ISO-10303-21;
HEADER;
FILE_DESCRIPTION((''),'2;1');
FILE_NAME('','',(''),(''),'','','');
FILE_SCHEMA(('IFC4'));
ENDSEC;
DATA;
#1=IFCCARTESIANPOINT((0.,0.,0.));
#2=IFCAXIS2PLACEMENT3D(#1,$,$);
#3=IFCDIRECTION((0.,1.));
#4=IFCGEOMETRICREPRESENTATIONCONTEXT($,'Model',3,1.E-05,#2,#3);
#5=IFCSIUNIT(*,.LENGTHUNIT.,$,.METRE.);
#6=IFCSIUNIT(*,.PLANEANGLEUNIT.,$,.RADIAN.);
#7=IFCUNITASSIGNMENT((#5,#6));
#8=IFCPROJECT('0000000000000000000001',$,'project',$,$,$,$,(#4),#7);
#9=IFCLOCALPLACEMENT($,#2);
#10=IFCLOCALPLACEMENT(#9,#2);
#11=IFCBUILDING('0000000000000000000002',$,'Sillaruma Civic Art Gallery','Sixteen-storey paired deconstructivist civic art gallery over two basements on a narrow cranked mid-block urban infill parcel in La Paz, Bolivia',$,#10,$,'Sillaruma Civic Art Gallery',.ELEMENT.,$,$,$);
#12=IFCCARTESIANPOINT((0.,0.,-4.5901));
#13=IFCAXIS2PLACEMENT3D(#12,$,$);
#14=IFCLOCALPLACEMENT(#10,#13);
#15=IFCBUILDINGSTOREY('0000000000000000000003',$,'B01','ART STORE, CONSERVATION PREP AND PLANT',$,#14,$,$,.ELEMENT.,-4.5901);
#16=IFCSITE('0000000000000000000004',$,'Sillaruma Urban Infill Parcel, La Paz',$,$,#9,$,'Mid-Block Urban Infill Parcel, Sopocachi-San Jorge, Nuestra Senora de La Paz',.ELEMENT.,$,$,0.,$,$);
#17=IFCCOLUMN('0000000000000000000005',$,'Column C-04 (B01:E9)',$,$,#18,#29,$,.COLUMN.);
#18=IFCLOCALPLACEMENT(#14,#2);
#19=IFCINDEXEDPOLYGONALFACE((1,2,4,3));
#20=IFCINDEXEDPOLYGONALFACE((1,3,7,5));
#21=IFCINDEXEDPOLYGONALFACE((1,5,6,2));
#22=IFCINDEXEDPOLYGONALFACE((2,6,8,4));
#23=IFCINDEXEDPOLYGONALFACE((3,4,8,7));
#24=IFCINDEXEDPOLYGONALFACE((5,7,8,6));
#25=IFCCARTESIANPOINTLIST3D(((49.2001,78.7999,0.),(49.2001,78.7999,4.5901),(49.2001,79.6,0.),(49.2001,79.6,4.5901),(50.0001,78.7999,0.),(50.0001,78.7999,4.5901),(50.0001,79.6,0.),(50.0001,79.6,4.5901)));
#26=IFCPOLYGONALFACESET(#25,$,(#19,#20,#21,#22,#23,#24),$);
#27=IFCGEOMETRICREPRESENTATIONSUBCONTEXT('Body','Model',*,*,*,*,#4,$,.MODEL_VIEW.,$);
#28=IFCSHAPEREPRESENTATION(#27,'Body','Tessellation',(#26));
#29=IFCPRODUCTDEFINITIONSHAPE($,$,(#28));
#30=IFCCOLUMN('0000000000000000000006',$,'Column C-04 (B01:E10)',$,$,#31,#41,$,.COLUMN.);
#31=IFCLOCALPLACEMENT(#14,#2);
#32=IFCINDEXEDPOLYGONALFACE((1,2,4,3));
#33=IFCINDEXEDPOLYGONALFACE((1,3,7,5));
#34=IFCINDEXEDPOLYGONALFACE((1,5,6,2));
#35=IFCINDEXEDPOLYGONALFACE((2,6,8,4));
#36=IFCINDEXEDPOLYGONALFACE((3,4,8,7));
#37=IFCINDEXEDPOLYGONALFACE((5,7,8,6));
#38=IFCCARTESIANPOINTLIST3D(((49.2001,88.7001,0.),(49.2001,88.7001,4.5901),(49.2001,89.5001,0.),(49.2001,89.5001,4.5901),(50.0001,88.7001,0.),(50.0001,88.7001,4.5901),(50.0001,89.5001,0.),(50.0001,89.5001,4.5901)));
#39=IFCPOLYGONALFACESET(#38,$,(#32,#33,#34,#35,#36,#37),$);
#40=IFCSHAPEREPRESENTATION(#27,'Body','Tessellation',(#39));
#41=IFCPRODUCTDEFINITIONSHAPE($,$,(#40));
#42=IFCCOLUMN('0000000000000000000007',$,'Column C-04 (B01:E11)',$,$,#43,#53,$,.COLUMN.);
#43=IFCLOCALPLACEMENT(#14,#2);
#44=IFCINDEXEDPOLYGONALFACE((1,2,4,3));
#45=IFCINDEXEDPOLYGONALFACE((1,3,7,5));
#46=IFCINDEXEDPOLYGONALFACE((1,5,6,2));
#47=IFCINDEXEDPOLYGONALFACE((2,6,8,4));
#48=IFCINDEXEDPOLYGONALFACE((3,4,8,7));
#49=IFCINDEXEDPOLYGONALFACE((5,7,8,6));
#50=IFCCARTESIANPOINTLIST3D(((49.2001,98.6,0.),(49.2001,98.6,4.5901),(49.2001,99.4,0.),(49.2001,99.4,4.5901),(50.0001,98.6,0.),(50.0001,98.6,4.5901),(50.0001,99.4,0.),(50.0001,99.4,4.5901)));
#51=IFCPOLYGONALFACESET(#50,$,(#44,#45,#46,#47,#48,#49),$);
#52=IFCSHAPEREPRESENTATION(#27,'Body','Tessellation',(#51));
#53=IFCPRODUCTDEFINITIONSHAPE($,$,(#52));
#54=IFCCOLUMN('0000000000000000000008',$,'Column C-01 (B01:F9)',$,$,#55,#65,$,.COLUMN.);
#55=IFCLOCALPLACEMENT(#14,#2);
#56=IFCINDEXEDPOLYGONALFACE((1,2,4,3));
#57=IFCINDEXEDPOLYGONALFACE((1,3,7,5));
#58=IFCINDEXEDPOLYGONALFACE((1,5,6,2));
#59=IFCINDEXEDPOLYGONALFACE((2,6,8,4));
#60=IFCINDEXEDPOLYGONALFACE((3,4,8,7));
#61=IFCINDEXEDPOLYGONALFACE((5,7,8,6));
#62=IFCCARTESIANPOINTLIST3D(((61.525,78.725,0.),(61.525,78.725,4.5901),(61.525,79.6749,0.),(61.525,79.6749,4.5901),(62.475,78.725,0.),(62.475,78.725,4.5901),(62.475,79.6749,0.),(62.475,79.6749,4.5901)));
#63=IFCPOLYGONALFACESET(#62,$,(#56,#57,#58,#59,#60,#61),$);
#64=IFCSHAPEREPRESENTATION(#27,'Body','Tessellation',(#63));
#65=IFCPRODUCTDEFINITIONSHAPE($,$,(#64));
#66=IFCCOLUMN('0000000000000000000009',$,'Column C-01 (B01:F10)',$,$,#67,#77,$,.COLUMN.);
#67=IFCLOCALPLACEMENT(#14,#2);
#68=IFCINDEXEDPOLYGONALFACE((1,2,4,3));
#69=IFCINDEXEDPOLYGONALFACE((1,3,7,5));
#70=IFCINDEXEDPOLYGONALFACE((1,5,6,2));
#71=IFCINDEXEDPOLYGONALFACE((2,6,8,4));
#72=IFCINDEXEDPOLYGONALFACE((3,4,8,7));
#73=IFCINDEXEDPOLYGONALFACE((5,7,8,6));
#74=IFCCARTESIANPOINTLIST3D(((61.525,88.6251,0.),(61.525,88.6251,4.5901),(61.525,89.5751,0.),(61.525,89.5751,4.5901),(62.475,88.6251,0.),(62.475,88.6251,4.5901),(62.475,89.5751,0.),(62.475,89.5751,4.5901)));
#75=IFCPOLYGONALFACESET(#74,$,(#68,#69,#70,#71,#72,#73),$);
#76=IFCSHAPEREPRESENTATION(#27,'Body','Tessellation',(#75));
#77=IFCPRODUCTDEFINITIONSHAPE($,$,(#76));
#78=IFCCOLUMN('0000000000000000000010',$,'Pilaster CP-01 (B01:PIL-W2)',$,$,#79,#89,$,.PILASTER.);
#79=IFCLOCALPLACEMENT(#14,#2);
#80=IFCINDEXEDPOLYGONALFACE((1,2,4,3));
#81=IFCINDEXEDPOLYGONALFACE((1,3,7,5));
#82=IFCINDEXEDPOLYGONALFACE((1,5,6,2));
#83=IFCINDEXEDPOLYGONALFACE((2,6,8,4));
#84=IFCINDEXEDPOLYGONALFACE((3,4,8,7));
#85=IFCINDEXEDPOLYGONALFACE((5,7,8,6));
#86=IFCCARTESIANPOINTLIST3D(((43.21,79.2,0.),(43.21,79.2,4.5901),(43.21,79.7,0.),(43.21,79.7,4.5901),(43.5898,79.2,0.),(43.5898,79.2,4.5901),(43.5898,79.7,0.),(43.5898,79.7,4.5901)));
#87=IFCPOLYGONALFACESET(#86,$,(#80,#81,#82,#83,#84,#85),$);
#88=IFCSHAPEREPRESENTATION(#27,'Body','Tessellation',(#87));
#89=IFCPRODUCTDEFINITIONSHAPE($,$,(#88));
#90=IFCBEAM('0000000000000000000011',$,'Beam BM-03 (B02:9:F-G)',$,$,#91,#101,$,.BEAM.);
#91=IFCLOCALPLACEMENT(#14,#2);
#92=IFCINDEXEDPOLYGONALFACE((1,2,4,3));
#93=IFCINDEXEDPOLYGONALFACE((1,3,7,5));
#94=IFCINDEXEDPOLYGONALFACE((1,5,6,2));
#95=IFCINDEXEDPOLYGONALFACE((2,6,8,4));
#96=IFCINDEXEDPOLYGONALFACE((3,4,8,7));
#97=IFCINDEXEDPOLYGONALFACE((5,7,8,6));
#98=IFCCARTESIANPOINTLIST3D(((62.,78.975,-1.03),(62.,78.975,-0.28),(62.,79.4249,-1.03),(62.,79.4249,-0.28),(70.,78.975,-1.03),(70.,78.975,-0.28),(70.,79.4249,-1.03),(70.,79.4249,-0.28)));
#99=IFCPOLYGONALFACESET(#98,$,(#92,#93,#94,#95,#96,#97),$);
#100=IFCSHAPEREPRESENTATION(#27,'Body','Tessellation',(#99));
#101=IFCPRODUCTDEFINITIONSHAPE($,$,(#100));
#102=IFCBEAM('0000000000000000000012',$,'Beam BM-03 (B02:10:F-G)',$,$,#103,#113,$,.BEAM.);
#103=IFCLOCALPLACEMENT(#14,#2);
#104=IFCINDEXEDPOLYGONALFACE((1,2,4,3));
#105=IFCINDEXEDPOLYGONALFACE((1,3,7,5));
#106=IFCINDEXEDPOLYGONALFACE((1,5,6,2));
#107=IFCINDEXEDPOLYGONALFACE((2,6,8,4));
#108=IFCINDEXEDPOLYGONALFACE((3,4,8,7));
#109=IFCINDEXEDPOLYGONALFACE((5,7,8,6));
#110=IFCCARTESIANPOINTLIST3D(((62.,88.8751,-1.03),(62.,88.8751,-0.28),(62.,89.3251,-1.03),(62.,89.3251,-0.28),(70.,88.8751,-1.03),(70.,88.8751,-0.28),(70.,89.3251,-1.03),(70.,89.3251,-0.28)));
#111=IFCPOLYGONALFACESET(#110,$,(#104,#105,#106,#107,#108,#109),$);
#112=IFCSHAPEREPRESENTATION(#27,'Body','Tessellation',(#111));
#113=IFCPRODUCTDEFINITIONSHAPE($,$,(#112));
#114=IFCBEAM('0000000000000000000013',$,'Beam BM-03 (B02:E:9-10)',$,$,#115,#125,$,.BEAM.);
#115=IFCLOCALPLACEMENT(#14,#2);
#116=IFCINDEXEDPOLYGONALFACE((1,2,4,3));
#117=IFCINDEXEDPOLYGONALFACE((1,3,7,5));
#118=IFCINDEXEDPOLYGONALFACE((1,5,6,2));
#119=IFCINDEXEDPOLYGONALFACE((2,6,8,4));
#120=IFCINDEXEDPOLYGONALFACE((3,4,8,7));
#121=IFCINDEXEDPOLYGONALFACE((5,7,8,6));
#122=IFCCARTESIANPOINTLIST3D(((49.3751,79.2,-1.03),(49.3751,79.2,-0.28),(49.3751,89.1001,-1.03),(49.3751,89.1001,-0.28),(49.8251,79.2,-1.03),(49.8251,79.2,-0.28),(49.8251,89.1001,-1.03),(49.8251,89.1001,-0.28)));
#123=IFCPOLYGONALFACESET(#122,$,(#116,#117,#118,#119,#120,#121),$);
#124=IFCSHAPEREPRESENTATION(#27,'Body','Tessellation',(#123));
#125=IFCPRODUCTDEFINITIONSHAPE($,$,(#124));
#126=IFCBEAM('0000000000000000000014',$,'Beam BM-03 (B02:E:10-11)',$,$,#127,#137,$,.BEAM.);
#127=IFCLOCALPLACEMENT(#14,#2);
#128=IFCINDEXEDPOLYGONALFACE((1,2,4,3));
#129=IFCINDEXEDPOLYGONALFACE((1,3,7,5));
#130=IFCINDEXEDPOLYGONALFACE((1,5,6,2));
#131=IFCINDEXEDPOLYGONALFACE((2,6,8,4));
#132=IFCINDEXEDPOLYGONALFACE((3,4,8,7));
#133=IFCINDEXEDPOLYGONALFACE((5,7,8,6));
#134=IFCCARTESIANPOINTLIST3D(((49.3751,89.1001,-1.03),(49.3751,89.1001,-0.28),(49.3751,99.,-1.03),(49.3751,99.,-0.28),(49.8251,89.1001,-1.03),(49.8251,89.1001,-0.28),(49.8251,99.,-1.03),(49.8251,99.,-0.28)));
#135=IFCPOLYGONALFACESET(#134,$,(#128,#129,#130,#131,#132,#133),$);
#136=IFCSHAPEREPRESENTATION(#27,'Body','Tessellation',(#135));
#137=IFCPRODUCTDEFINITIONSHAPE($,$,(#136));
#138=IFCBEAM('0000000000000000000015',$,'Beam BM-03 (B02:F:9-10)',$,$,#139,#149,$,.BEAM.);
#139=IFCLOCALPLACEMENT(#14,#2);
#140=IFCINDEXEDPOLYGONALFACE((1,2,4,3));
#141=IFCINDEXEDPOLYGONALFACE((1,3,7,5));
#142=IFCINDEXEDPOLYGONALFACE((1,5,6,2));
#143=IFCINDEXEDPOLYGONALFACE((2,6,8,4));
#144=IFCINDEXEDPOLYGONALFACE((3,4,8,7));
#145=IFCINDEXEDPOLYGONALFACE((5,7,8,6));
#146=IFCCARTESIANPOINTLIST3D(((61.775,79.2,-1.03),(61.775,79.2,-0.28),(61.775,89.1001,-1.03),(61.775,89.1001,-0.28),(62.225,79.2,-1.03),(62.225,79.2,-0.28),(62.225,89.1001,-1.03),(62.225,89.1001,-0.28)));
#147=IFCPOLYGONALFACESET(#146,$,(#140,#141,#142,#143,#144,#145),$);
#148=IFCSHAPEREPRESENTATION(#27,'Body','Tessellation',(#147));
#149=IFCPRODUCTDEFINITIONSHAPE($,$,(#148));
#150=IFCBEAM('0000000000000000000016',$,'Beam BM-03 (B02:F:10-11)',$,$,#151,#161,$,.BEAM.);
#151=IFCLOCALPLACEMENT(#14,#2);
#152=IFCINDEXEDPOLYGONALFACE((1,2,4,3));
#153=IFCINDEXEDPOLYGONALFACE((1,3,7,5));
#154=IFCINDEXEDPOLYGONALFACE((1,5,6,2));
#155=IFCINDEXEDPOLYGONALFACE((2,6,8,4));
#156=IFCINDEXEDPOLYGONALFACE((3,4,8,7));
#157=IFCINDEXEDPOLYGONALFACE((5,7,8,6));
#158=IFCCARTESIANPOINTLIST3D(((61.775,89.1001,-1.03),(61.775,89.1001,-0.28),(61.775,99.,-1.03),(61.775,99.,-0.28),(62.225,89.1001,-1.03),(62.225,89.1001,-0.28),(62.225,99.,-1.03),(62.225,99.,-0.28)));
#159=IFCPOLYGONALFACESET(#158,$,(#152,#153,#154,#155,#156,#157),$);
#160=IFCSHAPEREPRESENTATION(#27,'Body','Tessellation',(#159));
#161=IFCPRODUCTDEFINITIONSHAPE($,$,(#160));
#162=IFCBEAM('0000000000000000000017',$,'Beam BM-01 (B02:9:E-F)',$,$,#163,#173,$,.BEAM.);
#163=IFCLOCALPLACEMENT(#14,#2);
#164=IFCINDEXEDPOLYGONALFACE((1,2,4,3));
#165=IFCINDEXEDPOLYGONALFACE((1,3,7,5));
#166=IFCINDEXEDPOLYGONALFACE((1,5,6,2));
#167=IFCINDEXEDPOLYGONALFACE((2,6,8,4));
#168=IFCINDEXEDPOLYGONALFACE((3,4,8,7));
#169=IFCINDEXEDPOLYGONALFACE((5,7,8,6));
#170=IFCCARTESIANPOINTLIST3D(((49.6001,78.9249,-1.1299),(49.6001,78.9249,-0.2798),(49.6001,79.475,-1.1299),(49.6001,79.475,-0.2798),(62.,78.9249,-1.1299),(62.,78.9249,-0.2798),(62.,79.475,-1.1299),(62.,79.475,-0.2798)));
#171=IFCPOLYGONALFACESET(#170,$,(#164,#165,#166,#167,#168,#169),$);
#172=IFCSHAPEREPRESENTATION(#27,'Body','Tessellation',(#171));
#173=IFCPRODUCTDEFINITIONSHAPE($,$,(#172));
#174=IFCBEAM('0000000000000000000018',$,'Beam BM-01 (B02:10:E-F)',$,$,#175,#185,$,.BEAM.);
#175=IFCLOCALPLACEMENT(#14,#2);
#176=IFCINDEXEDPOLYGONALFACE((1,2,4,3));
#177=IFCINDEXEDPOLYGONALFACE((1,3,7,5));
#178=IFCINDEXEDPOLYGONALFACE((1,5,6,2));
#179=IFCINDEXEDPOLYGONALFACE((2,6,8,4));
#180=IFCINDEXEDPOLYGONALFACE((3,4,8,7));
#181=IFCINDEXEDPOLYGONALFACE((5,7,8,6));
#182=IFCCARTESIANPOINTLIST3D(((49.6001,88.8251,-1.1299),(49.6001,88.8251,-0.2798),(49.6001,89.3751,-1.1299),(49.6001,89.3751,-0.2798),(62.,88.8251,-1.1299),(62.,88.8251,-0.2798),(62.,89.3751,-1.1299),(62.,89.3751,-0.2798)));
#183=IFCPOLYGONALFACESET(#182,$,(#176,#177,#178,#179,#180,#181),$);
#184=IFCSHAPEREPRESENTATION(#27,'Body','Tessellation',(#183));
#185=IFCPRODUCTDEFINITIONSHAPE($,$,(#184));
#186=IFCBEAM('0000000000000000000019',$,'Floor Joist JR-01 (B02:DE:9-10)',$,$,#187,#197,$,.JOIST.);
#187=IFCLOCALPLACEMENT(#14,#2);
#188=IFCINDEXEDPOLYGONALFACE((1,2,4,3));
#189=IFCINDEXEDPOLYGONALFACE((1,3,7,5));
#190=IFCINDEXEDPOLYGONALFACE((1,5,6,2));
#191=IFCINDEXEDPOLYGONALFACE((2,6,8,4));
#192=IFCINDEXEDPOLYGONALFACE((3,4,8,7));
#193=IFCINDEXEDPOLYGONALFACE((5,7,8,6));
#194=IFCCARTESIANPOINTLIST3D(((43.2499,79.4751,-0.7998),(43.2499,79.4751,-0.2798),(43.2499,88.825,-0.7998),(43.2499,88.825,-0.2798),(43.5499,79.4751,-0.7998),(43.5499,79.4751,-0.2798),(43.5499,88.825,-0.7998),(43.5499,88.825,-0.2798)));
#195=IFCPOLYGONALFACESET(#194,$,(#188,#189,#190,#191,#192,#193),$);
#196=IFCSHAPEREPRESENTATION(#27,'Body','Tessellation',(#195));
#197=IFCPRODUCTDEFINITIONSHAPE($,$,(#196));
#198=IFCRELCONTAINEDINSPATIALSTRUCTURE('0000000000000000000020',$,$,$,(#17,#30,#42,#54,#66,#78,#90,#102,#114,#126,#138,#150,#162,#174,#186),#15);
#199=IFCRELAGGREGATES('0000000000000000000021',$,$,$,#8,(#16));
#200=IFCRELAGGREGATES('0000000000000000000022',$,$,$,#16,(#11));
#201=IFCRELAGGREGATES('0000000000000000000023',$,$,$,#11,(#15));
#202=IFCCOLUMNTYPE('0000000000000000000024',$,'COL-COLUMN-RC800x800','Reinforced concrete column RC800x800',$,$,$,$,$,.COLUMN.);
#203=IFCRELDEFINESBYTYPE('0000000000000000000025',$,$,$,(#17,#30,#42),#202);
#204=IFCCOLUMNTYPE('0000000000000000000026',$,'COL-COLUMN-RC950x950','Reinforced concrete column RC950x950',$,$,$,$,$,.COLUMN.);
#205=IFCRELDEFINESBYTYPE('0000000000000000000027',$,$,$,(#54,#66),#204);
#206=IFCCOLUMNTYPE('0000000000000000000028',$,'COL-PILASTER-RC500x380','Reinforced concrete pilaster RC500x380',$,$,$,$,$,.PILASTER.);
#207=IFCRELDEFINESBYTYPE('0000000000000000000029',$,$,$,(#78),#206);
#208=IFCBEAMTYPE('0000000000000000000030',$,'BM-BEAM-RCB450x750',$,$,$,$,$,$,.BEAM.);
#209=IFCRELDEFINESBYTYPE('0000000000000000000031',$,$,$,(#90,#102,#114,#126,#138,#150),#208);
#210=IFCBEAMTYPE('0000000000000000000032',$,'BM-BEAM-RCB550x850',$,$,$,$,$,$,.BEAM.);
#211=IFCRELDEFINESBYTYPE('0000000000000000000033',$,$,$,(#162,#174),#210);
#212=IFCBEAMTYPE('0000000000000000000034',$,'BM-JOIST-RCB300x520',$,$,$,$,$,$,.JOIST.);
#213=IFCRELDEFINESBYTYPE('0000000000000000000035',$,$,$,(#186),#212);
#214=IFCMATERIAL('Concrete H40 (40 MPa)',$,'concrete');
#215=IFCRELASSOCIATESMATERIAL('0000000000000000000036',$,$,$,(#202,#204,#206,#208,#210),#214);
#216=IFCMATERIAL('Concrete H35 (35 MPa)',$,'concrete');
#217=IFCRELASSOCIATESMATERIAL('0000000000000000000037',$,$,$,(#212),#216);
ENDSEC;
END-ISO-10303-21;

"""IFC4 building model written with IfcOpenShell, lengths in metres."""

from ifc_helpers import new_model, si_unit, direction, frame, origin, origin_2d, place, context, subcontext, project, spatial, rectangle, extrude, material, material_profile, profile_set, type_object, element, save


model = new_model("IFC4")

# Units and contexts
model_context = context("Model", 3, precision=1e-05, world=origin(), true_north=direction((0.0, 1.0)))
body_context = subcontext(model_context, "Body", "Model", "MODEL_VIEW")
ifc_project = project(units=[si_unit("LENGTHUNIT", "METRE"), si_unit("PLANEANGLEUNIT", "RADIAN")], contexts=[model_context])

# Site, building, storey
site_placement = place(None, origin())
site = spatial("IfcSite", under=ifc_project, at=site_placement, Name="Sillaruma Urban Infill Parcel, La Paz", LongName="Mid-Block Urban Infill Parcel, Sopocachi-San Jorge, Nuestra Senora de La Paz", CompositionType="ELEMENT", RefElevation=0.0)
building_placement = place(site_placement, origin())
building = spatial("IfcBuilding", under=site, at=building_placement, Name="Sillaruma Civic Art Gallery", Description="Sixteen-storey paired deconstructivist civic art gallery over two basements on a narrow cranked mid-block urban infill parcel in La Paz, Bolivia", LongName="Sillaruma Civic Art Gallery", CompositionType="ELEMENT")
storey_placement = place(building_placement, frame((0.0, 0.0, -4.5901)))
storey = spatial("IfcBuildingStorey", under=building, at=storey_placement, Name="B01", Description="ART STORE, CONSERVATION PREP AND PLANT", CompositionType="ELEMENT", Elevation=-4.5901)

# Columns
ifc_material_1 = material(Name="Concrete H40 (40 MPa)", Category="concrete")
ifc_material_profile_1 = material_profile(ifc_material_1, rectangle(XDim=0.8, YDim=0.8, at=origin_2d()), Name="RC800x800")
ifc_profile_set_1 = profile_set([ifc_material_profile_1], Name="Concrete H40 (40 MPa)")
column_type_1 = type_object("IfcColumnType", Name="COL-COLUMN-RC800x800", Description="Reinforced concrete column RC800x800", PredefinedType="COLUMN", material=ifc_profile_set_1)
for number, where, z_axis, x_axis, name in (
    (1, (49.6001, 79.2, 0.0), (0.0, 0.0, 1.0), (1.0, 0.0, 0.0), "Column C-04 (B01:E9)"),
    (2, (49.6001, 89.1001, 0.0), (0.0, 0.0, 1.0), (1.0, 0.0, 0.0), "Column C-04 (B01:E10)"),
    (3, (49.6001, 99.0, 0.0), (0.0, 0.0, 1.0), (1.0, 0.0, 0.0), "Column C-04 (B01:E11)"),
):
    element("IfcColumn", number, at=place(storey_placement, frame(where, z_axis=z_axis, x_axis=x_axis)), inside=storey, type_object=column_type_1, Name=name, PredefinedType="COLUMN", context=body_context, shape_type="SweptSolid", body=[
        extrude(rectangle(XDim=0.8, YDim=0.8, at=origin_2d()), origin(), (0.0, 0.0, 1.0), 4.5901),
    ])
ifc_material_profile_2 = material_profile(ifc_material_1, rectangle(XDim=0.95, YDim=0.95, at=origin_2d()), Name="RC950x950")
ifc_profile_set_2 = profile_set([ifc_material_profile_2], Name="Concrete H40 (40 MPa)")
column_type_2 = type_object("IfcColumnType", Name="COL-COLUMN-RC950x950", Description="Reinforced concrete column RC950x950", PredefinedType="COLUMN", material=ifc_profile_set_2)
for number, where, z_axis, x_axis, name in (
    (4, (62.0, 79.2, 0.0), (0.0, 0.0, 1.0), (1.0, 0.0, 0.0), "Column C-01 (B01:F9)"),
    (5, (62.0, 89.1001, 0.0), (0.0, 0.0, 1.0), (1.0, 0.0, 0.0), "Column C-01 (B01:F10)"),
):
    element("IfcColumn", number, at=place(storey_placement, frame(where, z_axis=z_axis, x_axis=x_axis)), inside=storey, type_object=column_type_2, Name=name, PredefinedType="COLUMN", context=body_context, shape_type="SweptSolid", body=[
        extrude(rectangle(XDim=0.95, YDim=0.95, at=origin_2d()), origin(), (0.0, 0.0, 1.0), 4.5901),
    ])
ifc_material_profile_3 = material_profile(ifc_material_1, rectangle(XDim=0.3799, YDim=0.5, at=origin_2d()), Name="RC500x380")
ifc_profile_set_3 = profile_set([ifc_material_profile_3], Name="Concrete H40 (40 MPa)")
column_type_3 = type_object("IfcColumnType", Name="COL-PILASTER-RC500x380", Description="Reinforced concrete pilaster RC500x380", PredefinedType="PILASTER", material=ifc_profile_set_3)
column_placement = place(storey_placement, frame((43.3999, 79.45, 0.0), z_axis=(0.0, 0.0, 1.0), x_axis=(1.0, 0.0, 0.0)))
element("IfcColumn", 6, at=column_placement, inside=storey, type_object=column_type_3, Name="Pilaster CP-01 (B01:PIL-W2)", PredefinedType="PILASTER", context=body_context, shape_type="SweptSolid", body=[
    extrude(rectangle(XDim=0.3799, YDim=0.5, at=origin_2d()), origin(), (0.0, 0.0, 1.0), 4.5901),
])

# Beams
ifc_material_profile_4 = material_profile(ifc_material_1, rectangle(XDim=0.45, YDim=0.75, at=origin_2d()), Name="RCB450x750")
ifc_profile_set_4 = profile_set([ifc_material_profile_4], Name="Concrete H40 (40 MPa)")
beam_type_1 = type_object("IfcBeamType", Name="BM-BEAM-RCB450x750", PredefinedType="BEAM", material=ifc_profile_set_4)
for number, where, z_axis, x_axis, name in (
    (7, (62.0, 79.2, -0.655), (1.0, 0.0, 0.0), (0.0, 1.0, 0.0), "Beam BM-03 (B02:9:F-G)"),
    (8, (62.0, 89.1001, -0.655), (1.0, 0.0, 0.0), (0.0, 1.0, 0.0), "Beam BM-03 (B02:10:F-G)"),
):
    element("IfcBeam", number, at=place(storey_placement, frame(where, z_axis=z_axis, x_axis=x_axis)), inside=storey, type_object=beam_type_1, Name=name, PredefinedType="BEAM", context=body_context, shape_type="SweptSolid", body=[
        extrude(rectangle(XDim=0.45, YDim=0.75, at=origin_2d()), origin(), (0.0, 0.0, 1.0), 8.0),
    ])
beam_1_placement = place(storey_placement, frame((49.6001, 79.2, -0.655), z_axis=(0.0, 1.0, 0.0), x_axis=(-1.0, 0.0, 0.0)))
element("IfcBeam", 9, at=beam_1_placement, inside=storey, type_object=beam_type_1, Name="Beam BM-03 (B02:E:9-10)", PredefinedType="BEAM", context=body_context, shape_type="SweptSolid", body=[
    extrude(rectangle(XDim=0.45, YDim=0.75, at=origin_2d()), origin(), (0.0, 0.0, 1.0), 9.9001),
])
beam_2_placement = place(storey_placement, frame((49.6001, 89.1001, -0.655), z_axis=(0.0, 1.0, 0.0), x_axis=(-1.0, 0.0, 0.0)))
element("IfcBeam", 10, at=beam_2_placement, inside=storey, type_object=beam_type_1, Name="Beam BM-03 (B02:E:10-11)", PredefinedType="BEAM", context=body_context, shape_type="SweptSolid", body=[
    extrude(rectangle(XDim=0.45, YDim=0.75, at=origin_2d()), origin(), (0.0, 0.0, 1.0), 9.8999),
])
beam_3_placement = place(storey_placement, frame((62.0, 79.2, -0.655), z_axis=(0.0, 1.0, 0.0), x_axis=(-1.0, 0.0, 0.0)))
element("IfcBeam", 11, at=beam_3_placement, inside=storey, type_object=beam_type_1, Name="Beam BM-03 (B02:F:9-10)", PredefinedType="BEAM", context=body_context, shape_type="SweptSolid", body=[
    extrude(rectangle(XDim=0.45, YDim=0.75, at=origin_2d()), origin(), (0.0, 0.0, 1.0), 9.9001),
])
beam_4_placement = place(storey_placement, frame((62.0, 89.1001, -0.655), z_axis=(0.0, 1.0, 0.0), x_axis=(-1.0, 0.0, 0.0)))
element("IfcBeam", 12, at=beam_4_placement, inside=storey, type_object=beam_type_1, Name="Beam BM-03 (B02:F:10-11)", PredefinedType="BEAM", context=body_context, shape_type="SweptSolid", body=[
    extrude(rectangle(XDim=0.45, YDim=0.75, at=origin_2d()), origin(), (0.0, 0.0, 1.0), 9.8999),
])
ifc_material_profile_5 = material_profile(ifc_material_1, rectangle(XDim=0.55, YDim=0.8501, at=origin_2d()), Name="RCB550x850")
ifc_profile_set_5 = profile_set([ifc_material_profile_5], Name="Concrete H40 (40 MPa)")
beam_type_2 = type_object("IfcBeamType", Name="BM-BEAM-RCB550x850", PredefinedType="BEAM", material=ifc_profile_set_5)
for number, where, z_axis, x_axis, name in (
    (13, (49.6001, 79.2, -0.7048), (1.0, 0.0, 0.0), (0.0, 1.0, 0.0), "Beam BM-01 (B02:9:E-F)"),
    (14, (49.6001, 89.1001, -0.7048), (1.0, 0.0, 0.0), (0.0, 1.0, 0.0), "Beam BM-01 (B02:10:E-F)"),
):
    element("IfcBeam", number, at=place(storey_placement, frame(where, z_axis=z_axis, x_axis=x_axis)), inside=storey, type_object=beam_type_2, Name=name, PredefinedType="BEAM", context=body_context, shape_type="SweptSolid", body=[
        extrude(rectangle(XDim=0.55, YDim=0.8501, at=origin_2d()), origin(), (0.0, 0.0, 1.0), 12.3999),
    ])
ifc_material_2 = material(Name="Concrete H35 (35 MPa)", Category="concrete")
ifc_material_profile_6 = material_profile(ifc_material_2, rectangle(XDim=0.3, YDim=0.52, at=origin_2d()), Name="RCB300x520")
ifc_profile_set_6 = profile_set([ifc_material_profile_6], Name="Concrete H35 (35 MPa)")
beam_type_3 = type_object("IfcBeamType", Name="BM-JOIST-RCB300x520", PredefinedType="JOIST", material=ifc_profile_set_6)
for number, where, z_axis, x_axis, name in (
    (15, (43.3999, 79.4751, -0.5398), (0.0, 1.0, 0.0), (-1.0, 0.0, 0.0), "Floor Joist JR-01 (B02:DE:9-10)"),
):
    element("IfcBeam", number, at=place(storey_placement, frame(where, z_axis=z_axis, x_axis=x_axis)), inside=storey, type_object=beam_type_3, Name=name, PredefinedType="JOIST", context=body_context, shape_type="SweptSolid", body=[
        extrude(rectangle(XDim=0.3, YDim=0.52, at=origin_2d()), origin(), (0.0, 0.0, 1.0), 9.3499),
    ])

save(model, "model.ifc")
